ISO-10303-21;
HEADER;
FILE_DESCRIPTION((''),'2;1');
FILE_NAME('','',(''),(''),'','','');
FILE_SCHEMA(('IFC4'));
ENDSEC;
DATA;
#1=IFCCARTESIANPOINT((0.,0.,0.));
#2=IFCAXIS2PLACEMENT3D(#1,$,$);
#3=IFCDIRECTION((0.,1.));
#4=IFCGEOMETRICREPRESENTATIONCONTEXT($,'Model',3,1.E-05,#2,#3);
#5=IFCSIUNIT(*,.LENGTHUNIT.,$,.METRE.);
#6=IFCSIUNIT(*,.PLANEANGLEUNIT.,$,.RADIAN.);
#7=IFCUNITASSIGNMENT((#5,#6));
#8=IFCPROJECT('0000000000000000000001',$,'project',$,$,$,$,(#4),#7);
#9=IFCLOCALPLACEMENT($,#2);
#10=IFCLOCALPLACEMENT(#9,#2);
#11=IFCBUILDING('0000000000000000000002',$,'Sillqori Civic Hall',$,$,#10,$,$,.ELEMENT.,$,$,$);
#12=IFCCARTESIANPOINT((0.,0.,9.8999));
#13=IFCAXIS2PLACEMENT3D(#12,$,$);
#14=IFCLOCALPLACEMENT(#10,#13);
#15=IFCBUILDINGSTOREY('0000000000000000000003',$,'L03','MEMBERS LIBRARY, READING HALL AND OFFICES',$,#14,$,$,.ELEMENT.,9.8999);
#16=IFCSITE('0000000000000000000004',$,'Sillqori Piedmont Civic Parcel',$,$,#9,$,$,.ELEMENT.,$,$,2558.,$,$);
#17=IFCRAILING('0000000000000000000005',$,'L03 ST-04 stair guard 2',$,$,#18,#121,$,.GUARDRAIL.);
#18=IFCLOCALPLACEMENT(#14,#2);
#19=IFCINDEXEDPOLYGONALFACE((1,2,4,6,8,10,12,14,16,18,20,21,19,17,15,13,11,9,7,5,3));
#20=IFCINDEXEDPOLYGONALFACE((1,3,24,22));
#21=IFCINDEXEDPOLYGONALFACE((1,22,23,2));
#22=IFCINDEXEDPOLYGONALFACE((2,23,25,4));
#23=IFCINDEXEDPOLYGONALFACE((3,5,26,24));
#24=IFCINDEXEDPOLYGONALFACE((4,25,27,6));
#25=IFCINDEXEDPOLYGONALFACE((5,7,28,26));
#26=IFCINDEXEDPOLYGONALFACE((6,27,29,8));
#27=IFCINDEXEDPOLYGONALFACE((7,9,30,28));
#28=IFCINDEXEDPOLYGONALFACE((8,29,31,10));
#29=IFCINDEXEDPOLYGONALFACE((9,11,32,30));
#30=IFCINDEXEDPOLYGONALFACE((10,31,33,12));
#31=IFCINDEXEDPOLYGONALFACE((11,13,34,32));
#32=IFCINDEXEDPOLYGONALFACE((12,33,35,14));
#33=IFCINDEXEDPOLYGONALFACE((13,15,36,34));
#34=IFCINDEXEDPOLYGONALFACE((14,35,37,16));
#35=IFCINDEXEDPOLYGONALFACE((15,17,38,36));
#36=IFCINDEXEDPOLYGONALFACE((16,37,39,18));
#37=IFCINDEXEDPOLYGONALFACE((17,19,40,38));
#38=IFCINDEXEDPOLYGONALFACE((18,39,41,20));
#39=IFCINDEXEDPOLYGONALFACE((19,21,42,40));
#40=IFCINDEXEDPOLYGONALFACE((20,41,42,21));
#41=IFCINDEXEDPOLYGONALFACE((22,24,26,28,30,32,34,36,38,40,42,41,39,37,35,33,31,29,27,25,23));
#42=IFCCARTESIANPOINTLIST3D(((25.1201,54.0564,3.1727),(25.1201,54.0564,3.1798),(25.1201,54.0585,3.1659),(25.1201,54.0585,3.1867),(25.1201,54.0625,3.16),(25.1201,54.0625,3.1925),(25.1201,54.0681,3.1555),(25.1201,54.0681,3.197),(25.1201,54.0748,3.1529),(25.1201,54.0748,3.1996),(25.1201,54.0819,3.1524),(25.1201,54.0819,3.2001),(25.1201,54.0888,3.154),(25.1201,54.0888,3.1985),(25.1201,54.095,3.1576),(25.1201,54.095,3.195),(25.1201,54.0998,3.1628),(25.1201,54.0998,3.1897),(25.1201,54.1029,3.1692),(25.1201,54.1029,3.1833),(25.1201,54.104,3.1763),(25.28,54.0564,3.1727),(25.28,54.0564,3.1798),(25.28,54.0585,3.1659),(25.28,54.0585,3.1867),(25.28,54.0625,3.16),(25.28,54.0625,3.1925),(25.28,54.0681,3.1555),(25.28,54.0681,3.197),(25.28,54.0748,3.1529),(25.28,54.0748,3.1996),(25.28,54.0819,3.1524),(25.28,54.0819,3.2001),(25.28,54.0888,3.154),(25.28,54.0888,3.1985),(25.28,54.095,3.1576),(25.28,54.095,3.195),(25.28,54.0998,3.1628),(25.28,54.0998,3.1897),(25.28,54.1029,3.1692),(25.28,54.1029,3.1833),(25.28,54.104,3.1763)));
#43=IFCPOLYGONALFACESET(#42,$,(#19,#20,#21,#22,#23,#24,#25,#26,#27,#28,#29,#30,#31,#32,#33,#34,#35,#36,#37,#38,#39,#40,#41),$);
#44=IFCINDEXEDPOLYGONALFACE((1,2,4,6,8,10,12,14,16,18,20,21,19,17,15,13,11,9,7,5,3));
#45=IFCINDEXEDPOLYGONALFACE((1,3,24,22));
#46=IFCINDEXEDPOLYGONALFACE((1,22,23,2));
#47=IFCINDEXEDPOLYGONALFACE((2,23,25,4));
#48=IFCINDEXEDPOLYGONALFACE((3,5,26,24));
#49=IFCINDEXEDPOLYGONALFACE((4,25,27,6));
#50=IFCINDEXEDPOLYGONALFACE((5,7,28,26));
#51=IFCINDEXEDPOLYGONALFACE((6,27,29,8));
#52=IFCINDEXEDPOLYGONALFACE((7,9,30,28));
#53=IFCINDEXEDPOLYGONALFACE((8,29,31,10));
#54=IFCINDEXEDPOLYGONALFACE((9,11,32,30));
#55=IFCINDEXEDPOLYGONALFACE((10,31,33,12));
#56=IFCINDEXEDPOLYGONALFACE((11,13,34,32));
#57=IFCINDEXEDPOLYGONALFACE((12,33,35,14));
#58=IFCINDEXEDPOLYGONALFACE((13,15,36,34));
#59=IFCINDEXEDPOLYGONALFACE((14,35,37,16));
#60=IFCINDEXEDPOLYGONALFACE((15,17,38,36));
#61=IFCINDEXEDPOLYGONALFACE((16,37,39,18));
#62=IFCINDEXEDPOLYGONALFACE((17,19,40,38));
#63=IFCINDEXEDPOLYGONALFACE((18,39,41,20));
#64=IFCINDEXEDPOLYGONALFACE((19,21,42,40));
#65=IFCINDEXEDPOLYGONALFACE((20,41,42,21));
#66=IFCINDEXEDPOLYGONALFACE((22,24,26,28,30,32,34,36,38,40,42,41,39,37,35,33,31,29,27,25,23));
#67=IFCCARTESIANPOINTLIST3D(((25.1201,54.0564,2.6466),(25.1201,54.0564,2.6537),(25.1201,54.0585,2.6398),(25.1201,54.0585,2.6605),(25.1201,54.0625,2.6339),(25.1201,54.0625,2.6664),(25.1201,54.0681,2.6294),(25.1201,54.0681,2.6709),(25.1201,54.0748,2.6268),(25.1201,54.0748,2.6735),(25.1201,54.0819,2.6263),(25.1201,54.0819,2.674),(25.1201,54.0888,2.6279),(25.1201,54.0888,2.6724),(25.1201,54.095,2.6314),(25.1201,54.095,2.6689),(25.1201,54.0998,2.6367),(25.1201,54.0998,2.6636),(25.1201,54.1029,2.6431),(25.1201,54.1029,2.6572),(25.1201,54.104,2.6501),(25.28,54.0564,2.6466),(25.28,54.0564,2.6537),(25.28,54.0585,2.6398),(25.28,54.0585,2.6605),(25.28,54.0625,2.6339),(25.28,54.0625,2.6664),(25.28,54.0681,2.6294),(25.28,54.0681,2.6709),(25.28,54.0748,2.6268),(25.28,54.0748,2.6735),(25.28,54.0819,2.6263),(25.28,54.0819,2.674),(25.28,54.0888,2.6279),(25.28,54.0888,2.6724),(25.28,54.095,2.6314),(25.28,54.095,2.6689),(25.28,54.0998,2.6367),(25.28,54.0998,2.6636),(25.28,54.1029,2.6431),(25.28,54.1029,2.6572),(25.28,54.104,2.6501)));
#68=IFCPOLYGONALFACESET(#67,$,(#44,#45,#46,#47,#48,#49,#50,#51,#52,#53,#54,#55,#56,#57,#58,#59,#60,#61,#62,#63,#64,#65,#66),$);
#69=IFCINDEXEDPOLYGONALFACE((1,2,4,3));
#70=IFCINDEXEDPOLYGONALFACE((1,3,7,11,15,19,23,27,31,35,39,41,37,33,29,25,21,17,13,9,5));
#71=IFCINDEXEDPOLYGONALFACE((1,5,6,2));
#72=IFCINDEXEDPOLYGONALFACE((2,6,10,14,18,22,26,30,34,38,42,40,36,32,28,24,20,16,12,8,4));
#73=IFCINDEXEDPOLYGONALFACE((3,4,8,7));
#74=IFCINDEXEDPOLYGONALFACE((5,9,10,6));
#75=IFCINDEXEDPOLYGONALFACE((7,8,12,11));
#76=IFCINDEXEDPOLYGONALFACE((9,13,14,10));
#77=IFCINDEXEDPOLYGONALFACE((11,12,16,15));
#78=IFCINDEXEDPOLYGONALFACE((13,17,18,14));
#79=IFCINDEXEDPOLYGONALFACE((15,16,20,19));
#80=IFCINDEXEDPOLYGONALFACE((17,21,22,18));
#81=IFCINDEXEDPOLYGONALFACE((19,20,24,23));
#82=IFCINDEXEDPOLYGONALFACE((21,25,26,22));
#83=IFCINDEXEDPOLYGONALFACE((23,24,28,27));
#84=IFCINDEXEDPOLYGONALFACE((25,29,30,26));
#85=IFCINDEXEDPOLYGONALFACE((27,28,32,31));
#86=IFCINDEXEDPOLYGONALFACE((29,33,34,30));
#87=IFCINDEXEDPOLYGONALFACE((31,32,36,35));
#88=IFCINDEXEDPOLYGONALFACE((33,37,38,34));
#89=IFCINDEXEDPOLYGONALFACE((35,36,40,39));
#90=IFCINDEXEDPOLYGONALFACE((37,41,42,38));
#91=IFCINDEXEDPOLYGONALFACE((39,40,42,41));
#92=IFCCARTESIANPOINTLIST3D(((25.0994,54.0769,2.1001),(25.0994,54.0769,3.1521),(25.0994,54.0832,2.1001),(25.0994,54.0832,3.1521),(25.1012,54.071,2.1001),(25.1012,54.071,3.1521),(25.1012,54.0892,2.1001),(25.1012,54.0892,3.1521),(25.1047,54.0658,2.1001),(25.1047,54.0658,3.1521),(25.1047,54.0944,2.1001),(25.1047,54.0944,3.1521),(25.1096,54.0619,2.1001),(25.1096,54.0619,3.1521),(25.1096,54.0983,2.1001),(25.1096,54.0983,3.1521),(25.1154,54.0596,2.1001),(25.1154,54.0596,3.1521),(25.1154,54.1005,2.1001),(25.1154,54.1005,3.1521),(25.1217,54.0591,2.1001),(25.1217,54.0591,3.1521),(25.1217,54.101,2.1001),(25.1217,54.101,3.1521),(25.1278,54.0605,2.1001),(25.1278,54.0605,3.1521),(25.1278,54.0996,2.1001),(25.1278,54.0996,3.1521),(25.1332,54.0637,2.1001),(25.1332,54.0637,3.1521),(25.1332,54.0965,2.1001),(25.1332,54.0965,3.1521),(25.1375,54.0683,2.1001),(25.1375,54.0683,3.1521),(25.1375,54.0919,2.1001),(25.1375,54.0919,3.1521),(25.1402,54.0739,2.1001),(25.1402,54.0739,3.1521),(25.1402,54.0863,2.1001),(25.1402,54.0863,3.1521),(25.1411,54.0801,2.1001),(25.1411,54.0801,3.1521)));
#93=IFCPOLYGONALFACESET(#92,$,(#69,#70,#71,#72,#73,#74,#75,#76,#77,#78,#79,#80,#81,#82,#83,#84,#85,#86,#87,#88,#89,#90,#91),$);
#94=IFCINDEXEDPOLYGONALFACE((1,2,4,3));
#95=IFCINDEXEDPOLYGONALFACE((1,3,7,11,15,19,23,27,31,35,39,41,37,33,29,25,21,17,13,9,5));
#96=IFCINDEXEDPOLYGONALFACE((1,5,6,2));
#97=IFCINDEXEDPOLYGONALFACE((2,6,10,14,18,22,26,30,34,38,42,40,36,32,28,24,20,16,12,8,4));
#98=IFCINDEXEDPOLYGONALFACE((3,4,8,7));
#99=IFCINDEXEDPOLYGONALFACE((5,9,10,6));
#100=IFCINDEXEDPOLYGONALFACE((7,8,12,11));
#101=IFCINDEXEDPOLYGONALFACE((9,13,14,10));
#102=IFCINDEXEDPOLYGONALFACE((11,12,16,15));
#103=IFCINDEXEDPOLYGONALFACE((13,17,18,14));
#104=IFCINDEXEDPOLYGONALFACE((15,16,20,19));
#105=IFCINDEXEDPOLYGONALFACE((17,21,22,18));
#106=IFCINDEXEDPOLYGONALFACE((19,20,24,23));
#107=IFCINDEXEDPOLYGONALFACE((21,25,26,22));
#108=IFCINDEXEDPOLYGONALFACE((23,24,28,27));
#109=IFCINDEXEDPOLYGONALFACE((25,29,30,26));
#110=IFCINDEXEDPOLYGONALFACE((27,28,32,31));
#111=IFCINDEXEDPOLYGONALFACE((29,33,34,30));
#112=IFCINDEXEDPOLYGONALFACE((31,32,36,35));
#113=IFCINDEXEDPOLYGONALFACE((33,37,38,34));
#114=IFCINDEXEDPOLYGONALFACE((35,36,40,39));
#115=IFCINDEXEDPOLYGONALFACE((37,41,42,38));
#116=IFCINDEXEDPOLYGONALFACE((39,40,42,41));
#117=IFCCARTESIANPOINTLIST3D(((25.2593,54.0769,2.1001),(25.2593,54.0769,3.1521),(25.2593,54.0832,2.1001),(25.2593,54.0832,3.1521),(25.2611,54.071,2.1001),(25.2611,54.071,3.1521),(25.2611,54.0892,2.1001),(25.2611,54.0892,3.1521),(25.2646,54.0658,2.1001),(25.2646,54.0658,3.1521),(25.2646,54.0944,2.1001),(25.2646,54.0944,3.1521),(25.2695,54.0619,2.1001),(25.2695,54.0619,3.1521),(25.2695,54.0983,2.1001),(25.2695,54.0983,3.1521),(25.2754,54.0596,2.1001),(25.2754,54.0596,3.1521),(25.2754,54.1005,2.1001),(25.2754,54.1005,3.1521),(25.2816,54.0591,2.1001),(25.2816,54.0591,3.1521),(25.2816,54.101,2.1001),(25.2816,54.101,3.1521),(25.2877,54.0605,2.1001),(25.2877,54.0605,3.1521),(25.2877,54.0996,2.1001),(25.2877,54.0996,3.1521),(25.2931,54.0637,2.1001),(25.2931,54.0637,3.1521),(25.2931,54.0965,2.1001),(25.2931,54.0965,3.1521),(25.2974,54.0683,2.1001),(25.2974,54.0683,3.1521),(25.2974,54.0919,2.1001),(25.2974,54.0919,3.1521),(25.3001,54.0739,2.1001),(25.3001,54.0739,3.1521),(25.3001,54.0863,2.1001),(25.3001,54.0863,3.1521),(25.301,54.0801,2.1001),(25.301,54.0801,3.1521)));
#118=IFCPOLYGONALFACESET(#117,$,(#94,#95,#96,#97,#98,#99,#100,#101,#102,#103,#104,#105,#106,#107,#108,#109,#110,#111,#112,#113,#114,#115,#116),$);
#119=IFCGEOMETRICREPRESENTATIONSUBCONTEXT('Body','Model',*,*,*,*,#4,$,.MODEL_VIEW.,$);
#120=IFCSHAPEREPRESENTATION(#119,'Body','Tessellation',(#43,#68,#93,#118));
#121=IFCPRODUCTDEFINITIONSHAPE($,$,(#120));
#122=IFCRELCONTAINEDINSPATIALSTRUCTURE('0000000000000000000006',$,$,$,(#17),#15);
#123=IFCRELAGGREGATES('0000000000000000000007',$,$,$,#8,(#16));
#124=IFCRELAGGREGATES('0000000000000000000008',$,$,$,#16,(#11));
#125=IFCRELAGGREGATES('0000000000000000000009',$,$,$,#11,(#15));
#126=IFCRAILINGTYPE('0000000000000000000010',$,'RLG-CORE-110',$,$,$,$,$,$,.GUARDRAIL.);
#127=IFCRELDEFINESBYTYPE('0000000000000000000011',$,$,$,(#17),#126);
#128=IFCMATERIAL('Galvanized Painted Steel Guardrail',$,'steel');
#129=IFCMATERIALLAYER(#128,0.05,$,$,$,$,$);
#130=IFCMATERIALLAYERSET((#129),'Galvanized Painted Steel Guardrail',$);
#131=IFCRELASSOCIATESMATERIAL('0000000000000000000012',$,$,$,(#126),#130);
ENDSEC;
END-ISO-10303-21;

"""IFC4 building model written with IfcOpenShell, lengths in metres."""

from ifc_helpers import new_model, si_unit, direction, frame, origin, origin_2d, place, context, subcontext, project, spatial, circle, extrude, material, layer, layer_set, type_object, element, save


model = new_model("IFC4")

# Units and contexts
model_context = context("Model", 3, precision=1e-05, world=origin(), true_north=direction((0.0, 1.0)))
body_context = subcontext(model_context, "Body", "Model", "MODEL_VIEW")
ifc_project = project(units=[si_unit("LENGTHUNIT", "METRE"), si_unit("PLANEANGLEUNIT", "RADIAN")], contexts=[model_context])

# Site, building, storey
site_placement = place(None, origin())
site = spatial("IfcSite", under=ifc_project, at=site_placement, Name="Sillqori Piedmont Civic Parcel", CompositionType="ELEMENT", RefElevation=2558.0)
building_placement = place(site_placement, origin())
building = spatial("IfcBuilding", under=site, at=building_placement, Name="Sillqori Civic Hall", CompositionType="ELEMENT")
storey_placement = place(building_placement, frame((0.0, 0.0, 9.8999)))
storey = spatial("IfcBuildingStorey", under=building, at=storey_placement, Name="L03", Description="MEMBERS LIBRARY, READING HALL AND OFFICES", CompositionType="ELEMENT", Elevation=9.8999)

# Railing
ifc_material_1 = material(Name="Galvanized Painted Steel Guardrail", Category="steel")
ifc_layer_1 = layer(ifc_material_1, 0.05)
ifc_layer_set_1 = layer_set([ifc_layer_1], Name="Galvanized Painted Steel Guardrail")
railing_type_1 = type_object("IfcRailingType", Name="RLG-CORE-110", PredefinedType="GUARDRAIL", material=ifc_layer_set_1)
railing_1_placement = place(storey_placement, frame((25.1201, 54.0801, 2.1001)))
element("IfcRailing", 1, at=railing_1_placement, inside=storey, type_object=railing_type_1, Name="L03 ST-04 stair guard 2", PredefinedType="GUARDRAIL", context=body_context, shape_type="SweptSolid", body=[
    extrude(circle(Radius=0.0239, at=origin_2d()), frame((0.0, 0.0, 1.0762), z_axis=(1.0, 0.0, 0.0), x_axis=(0.0, 1.0, 0.0)), (0.0, 0.0, 1.0), 0.1599),
    extrude(circle(Radius=0.0239, at=origin_2d()), frame((0.0, 0.0, 0.55), z_axis=(1.0, 0.0, 0.0), x_axis=(0.0, 1.0, 0.0)), (0.0, 0.0, 1.0), 0.1599),
    extrude(circle(Radius=0.021, at=origin_2d()), origin(), (0.0, 0.0, 1.0), 1.052),
    extrude(circle(Radius=0.021, at=origin_2d()), frame((0.1599, 0.0, 0.0)), (0.0, 0.0, 1.0), 1.052),
])

save(model, "model.ifc")
